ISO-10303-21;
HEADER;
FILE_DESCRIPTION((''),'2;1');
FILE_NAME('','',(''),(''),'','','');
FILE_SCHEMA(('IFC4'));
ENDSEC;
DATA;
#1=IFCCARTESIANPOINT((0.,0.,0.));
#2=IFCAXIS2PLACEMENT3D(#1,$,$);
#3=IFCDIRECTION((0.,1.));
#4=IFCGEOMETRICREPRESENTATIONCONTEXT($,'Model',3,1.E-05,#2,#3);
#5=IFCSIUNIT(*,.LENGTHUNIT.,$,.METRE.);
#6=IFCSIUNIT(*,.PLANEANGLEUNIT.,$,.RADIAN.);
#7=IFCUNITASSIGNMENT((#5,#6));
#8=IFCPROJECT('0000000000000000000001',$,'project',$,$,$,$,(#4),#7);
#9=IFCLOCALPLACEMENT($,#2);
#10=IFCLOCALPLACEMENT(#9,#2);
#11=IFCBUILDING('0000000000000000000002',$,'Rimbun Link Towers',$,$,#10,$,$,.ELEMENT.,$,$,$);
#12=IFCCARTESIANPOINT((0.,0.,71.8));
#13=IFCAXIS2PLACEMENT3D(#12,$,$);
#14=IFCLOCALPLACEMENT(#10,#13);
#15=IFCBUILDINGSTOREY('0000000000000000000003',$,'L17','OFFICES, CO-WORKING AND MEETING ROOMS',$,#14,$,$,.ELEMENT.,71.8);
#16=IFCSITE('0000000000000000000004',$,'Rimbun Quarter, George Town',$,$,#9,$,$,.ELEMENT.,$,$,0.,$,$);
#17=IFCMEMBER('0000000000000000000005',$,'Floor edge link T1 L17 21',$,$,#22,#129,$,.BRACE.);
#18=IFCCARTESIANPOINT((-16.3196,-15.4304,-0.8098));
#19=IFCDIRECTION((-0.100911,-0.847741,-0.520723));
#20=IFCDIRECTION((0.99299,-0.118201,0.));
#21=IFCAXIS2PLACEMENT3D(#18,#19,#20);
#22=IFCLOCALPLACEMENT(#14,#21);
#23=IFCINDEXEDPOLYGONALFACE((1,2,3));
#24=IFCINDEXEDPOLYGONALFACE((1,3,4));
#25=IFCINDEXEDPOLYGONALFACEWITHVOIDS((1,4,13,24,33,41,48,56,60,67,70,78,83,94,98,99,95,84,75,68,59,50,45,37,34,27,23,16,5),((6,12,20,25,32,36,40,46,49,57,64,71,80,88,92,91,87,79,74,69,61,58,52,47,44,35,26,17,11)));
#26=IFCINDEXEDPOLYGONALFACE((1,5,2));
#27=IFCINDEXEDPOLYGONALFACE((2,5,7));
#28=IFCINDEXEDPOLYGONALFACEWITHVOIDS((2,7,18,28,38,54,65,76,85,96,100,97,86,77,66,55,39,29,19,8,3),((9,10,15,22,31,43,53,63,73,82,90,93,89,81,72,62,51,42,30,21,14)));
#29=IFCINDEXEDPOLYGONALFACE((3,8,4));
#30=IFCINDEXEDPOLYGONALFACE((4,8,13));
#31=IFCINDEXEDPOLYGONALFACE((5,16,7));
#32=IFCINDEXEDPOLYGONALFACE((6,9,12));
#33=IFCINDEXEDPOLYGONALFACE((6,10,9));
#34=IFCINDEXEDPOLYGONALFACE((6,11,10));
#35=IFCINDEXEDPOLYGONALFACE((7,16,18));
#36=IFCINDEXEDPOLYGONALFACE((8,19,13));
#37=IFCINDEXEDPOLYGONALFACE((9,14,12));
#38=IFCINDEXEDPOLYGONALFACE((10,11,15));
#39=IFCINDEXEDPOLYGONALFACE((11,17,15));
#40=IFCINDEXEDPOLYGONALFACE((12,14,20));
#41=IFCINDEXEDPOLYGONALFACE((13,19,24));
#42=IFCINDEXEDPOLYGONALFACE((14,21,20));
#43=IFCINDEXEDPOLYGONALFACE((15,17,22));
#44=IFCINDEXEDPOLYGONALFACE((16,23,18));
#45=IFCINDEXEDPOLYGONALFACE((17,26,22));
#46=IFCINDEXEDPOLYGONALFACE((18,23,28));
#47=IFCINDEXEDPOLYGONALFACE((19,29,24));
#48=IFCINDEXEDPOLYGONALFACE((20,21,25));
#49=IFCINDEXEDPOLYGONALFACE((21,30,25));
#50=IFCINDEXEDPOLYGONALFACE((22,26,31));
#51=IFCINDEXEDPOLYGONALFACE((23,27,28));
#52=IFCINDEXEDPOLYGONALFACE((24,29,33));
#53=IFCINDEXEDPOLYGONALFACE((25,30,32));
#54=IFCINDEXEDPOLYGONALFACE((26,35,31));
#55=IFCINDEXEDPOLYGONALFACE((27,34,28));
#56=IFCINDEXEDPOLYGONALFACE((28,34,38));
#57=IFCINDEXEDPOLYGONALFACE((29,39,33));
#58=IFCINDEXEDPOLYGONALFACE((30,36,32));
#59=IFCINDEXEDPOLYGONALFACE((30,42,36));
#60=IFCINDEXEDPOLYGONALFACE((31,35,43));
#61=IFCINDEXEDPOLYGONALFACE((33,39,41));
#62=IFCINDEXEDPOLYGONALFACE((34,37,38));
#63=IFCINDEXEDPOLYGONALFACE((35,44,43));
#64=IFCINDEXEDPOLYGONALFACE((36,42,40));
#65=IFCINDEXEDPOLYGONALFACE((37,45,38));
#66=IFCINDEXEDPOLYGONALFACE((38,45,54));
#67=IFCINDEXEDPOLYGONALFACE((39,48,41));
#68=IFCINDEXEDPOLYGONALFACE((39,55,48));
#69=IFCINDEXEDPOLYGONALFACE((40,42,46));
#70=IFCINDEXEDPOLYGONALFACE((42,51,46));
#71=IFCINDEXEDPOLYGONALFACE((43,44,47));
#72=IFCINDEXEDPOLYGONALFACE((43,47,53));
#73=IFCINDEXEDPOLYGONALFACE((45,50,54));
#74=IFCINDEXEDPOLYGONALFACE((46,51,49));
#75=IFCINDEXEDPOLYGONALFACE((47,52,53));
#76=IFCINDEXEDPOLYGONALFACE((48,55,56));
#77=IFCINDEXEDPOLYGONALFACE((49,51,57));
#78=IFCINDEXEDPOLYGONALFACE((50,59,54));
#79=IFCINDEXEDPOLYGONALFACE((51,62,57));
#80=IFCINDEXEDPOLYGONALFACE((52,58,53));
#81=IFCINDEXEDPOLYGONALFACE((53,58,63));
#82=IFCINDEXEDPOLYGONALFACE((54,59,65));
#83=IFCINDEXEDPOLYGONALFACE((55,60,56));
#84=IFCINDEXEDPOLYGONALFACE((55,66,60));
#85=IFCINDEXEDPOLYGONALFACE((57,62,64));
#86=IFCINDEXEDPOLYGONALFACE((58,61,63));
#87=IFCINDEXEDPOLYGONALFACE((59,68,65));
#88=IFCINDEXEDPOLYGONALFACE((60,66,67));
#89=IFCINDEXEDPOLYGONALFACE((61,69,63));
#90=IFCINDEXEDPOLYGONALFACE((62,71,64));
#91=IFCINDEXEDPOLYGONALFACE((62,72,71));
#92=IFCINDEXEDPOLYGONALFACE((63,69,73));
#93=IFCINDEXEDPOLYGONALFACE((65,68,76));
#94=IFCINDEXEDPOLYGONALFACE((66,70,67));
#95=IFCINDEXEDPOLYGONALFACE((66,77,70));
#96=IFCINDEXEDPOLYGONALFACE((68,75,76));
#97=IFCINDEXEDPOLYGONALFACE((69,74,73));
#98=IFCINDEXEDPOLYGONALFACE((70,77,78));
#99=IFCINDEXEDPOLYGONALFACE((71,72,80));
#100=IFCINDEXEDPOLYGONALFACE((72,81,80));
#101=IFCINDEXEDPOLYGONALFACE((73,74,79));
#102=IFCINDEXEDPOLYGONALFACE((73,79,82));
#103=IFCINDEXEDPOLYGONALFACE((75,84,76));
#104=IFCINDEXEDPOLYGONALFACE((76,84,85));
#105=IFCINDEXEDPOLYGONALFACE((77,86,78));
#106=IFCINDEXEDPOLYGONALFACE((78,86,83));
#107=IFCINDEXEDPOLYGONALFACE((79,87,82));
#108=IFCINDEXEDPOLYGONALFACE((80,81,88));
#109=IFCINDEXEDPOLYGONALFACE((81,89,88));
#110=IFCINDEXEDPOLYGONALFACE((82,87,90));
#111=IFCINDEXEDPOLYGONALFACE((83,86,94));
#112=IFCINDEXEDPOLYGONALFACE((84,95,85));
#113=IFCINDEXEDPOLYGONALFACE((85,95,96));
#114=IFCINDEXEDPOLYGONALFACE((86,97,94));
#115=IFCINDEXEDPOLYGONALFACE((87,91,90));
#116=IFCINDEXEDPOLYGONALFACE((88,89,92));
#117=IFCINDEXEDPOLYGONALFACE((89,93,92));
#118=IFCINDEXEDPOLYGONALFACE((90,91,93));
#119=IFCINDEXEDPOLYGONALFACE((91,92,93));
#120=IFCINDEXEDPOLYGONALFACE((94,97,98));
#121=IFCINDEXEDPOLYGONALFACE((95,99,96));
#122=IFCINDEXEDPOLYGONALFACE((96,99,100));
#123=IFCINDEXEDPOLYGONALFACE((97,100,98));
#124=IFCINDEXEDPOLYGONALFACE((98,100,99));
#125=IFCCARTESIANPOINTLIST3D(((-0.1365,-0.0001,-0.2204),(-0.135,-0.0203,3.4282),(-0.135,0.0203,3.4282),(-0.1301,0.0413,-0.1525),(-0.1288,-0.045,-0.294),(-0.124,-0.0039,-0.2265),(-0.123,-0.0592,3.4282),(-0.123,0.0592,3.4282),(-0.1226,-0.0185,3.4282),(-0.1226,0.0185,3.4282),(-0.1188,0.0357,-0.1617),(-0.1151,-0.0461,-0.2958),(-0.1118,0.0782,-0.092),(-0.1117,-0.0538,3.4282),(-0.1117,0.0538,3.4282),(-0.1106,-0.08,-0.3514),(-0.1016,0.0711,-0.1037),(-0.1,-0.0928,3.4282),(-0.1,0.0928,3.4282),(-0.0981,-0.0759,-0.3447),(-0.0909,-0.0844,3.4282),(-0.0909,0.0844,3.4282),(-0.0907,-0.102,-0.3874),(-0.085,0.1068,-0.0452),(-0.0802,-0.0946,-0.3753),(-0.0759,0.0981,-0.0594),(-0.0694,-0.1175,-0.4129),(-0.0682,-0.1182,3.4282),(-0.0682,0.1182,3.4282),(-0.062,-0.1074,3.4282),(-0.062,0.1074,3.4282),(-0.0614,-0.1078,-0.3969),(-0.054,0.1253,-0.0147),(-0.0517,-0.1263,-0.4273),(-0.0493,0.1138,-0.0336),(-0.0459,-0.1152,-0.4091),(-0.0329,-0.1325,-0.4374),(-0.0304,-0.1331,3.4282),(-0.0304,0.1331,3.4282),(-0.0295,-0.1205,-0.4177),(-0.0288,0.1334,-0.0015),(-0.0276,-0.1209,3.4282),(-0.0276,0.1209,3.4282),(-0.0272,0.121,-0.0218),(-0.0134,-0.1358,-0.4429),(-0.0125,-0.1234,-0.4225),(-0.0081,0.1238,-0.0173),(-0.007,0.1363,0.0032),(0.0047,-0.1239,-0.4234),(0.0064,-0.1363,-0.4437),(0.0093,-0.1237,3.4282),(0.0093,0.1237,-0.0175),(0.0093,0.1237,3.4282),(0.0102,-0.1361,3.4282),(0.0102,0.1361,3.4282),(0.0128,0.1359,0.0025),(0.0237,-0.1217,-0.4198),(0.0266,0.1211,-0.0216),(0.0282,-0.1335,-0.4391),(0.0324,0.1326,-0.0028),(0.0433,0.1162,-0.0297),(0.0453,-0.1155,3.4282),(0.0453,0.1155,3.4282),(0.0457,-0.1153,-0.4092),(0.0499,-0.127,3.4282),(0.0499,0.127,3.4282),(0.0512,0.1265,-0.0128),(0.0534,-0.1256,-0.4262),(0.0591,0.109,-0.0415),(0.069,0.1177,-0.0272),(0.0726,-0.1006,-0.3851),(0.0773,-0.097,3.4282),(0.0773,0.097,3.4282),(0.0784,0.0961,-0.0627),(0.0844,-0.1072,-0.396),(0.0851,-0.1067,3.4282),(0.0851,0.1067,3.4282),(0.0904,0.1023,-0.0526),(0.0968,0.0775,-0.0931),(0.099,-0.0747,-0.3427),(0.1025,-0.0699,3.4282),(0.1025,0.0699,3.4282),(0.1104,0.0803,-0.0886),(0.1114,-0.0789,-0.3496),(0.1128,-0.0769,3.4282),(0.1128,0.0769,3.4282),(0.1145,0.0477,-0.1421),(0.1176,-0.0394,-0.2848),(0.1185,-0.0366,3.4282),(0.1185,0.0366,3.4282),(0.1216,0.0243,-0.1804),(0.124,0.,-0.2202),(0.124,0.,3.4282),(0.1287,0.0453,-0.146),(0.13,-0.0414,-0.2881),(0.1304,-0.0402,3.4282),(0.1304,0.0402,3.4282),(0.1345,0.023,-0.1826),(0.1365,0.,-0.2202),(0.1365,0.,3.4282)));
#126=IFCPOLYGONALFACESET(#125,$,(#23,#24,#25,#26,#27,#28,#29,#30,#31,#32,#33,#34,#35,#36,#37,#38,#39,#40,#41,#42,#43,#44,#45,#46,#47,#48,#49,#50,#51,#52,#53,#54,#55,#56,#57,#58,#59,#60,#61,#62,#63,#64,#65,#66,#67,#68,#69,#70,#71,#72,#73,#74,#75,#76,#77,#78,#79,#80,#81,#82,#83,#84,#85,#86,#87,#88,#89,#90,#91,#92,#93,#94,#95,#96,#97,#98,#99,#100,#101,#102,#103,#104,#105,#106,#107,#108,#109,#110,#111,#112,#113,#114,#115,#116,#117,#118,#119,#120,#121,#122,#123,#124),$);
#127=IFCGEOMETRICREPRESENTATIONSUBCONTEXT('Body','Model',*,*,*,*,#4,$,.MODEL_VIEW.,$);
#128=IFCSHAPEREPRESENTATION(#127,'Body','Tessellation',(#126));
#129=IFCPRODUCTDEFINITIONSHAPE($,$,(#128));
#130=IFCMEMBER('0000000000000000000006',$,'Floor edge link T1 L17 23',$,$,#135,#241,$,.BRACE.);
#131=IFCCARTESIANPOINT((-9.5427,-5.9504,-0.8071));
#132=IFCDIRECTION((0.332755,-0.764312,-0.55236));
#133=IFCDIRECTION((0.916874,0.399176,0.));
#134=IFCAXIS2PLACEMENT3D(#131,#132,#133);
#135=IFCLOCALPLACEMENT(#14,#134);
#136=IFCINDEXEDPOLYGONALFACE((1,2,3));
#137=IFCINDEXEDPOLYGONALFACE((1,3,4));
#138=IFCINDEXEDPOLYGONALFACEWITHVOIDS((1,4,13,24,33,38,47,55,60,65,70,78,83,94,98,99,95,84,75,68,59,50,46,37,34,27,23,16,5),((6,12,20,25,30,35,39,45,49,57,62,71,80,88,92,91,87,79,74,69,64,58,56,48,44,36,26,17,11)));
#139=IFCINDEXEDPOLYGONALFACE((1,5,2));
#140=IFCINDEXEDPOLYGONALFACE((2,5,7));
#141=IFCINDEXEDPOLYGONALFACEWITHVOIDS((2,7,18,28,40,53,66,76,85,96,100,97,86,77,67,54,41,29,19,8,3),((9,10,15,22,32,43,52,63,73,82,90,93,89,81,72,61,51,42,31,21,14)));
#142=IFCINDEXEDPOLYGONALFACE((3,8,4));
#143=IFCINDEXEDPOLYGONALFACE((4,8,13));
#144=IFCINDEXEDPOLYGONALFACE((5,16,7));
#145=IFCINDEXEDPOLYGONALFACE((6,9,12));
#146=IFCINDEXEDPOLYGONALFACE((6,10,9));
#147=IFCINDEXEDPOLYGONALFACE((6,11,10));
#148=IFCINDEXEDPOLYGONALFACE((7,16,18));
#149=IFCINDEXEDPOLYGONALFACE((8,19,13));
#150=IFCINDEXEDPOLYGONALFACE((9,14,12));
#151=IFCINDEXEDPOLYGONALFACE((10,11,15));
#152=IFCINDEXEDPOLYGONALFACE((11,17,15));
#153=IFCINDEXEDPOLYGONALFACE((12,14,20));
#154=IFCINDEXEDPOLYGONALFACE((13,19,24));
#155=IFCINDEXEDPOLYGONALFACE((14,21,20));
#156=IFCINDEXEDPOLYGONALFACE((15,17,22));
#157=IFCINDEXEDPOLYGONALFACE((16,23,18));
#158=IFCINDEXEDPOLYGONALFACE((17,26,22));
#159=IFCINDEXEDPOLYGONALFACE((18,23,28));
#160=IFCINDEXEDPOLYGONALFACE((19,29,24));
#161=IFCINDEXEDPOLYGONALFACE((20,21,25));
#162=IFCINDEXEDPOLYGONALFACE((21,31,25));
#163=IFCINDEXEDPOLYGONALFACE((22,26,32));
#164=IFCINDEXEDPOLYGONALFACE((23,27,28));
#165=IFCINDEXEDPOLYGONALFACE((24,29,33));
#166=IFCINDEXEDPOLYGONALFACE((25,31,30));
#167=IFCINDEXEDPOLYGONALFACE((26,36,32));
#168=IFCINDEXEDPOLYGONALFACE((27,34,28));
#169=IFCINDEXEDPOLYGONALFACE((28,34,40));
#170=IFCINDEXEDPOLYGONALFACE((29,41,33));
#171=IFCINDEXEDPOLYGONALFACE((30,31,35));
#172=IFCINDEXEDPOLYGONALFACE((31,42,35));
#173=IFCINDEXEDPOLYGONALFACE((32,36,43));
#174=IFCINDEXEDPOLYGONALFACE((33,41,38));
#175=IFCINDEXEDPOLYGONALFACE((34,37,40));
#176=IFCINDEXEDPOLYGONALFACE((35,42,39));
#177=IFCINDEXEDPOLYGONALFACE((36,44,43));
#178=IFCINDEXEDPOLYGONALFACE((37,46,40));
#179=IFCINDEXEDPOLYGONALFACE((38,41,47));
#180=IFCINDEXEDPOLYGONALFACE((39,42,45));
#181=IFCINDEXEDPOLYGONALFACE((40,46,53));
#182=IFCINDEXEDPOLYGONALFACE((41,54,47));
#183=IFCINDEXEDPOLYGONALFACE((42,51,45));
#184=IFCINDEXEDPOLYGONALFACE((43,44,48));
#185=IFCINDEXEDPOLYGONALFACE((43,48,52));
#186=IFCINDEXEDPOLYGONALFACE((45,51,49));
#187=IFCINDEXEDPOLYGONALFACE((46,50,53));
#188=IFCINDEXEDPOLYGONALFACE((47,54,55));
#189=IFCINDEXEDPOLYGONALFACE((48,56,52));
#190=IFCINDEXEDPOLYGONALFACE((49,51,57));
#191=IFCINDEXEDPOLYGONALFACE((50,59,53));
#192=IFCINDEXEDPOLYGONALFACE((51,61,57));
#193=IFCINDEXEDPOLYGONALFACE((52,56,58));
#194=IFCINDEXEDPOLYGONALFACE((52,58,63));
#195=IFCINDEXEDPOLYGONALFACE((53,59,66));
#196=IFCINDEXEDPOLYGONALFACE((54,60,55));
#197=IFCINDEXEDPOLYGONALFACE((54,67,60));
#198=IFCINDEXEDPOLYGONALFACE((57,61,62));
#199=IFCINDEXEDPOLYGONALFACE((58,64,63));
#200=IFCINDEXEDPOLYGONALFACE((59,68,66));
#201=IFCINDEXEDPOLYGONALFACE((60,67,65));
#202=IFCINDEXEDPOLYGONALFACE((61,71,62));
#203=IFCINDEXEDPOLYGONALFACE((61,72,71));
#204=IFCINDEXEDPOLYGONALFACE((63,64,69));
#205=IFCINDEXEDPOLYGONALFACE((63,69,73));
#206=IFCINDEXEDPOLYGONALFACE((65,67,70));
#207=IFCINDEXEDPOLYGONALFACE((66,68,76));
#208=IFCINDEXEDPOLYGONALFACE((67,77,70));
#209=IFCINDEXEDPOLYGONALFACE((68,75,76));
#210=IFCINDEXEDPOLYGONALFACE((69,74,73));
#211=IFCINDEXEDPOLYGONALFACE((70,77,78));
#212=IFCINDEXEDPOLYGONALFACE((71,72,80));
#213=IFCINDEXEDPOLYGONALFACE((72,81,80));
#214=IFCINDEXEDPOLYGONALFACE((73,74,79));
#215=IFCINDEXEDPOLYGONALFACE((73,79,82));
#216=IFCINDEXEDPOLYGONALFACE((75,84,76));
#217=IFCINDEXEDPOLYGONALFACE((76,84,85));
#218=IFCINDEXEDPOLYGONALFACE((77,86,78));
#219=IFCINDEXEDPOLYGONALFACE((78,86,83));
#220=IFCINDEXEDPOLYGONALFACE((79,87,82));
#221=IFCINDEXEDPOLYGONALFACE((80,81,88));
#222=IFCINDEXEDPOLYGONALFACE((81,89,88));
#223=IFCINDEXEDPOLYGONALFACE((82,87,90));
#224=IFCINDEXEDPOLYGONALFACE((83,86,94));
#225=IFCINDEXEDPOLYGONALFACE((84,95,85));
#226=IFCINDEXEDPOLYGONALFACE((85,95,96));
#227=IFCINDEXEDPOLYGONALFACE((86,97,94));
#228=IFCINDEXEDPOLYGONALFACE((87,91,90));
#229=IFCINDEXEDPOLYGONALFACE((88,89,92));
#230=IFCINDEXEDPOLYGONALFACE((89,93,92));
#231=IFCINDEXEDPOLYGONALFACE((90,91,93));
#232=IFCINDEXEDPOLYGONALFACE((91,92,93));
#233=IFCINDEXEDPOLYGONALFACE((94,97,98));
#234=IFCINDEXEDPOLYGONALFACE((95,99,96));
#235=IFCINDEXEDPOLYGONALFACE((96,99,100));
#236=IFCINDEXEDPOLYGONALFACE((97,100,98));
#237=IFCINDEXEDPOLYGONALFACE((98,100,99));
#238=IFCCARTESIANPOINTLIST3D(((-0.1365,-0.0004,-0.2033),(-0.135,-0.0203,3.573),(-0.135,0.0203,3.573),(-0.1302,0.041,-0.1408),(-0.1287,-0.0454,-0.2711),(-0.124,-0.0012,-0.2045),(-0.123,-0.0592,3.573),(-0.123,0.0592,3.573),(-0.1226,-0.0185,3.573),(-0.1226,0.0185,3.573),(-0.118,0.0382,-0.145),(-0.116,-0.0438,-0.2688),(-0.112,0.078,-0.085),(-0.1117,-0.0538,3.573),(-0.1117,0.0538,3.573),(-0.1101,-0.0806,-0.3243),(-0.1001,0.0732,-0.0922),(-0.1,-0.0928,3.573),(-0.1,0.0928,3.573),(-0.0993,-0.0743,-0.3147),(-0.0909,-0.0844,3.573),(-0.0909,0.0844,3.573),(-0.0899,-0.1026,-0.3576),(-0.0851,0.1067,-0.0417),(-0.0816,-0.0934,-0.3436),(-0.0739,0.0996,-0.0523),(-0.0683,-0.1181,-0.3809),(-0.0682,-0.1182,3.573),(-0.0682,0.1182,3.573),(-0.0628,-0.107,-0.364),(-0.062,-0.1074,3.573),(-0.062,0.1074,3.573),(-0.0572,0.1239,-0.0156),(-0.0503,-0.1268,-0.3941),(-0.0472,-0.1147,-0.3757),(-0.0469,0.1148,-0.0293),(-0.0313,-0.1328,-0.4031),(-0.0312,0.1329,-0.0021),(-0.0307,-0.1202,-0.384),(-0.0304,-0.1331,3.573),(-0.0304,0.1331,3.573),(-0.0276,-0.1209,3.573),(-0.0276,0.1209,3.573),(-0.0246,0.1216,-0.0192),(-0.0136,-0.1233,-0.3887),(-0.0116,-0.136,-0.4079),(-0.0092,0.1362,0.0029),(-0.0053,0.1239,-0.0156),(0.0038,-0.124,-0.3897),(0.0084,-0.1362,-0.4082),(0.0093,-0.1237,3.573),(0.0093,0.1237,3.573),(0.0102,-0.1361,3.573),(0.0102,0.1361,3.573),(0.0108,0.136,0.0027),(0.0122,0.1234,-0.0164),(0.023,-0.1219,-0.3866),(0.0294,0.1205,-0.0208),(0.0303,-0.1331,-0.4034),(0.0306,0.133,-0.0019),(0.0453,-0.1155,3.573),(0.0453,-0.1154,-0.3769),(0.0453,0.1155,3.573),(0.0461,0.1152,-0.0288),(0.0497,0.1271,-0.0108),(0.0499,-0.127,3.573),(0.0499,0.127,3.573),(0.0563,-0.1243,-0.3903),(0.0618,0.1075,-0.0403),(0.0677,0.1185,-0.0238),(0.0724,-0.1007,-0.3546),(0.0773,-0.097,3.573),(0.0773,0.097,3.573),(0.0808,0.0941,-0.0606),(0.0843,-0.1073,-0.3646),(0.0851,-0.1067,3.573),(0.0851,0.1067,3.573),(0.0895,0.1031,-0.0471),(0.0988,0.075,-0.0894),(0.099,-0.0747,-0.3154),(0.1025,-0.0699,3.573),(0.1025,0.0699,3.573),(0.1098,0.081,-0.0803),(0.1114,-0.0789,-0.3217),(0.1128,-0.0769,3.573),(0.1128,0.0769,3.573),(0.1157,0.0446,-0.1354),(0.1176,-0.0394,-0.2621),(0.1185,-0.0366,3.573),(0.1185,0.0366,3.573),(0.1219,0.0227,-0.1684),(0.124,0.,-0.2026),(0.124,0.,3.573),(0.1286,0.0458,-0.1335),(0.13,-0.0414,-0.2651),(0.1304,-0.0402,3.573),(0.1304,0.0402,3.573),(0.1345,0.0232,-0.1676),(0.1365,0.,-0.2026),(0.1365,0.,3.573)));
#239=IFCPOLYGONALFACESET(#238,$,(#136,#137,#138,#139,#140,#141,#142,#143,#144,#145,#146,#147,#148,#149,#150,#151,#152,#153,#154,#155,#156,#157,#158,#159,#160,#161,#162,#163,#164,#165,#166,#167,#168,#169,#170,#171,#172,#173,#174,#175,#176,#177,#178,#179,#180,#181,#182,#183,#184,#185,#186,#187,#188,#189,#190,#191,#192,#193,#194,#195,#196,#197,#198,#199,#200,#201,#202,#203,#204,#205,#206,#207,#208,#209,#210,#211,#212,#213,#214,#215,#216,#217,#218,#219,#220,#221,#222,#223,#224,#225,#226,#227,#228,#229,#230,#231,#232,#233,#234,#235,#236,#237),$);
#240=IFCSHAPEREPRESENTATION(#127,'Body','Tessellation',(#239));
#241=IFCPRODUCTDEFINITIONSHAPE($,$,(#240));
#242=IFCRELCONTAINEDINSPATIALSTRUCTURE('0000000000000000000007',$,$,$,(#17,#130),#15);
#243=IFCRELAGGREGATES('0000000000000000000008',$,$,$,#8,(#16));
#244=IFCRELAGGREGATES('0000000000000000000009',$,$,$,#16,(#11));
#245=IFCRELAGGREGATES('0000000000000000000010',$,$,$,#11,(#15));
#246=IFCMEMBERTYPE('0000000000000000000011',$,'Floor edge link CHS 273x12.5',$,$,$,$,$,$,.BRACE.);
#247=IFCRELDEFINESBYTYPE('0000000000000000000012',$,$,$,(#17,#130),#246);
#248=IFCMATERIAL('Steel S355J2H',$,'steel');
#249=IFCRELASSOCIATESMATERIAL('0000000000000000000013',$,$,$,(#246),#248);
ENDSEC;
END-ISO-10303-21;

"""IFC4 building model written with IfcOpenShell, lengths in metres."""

from ifc_helpers import new_model, si_unit, direction, frame, origin, origin_2d, place, context, subcontext, project, spatial, hollow_circle, extrude, clip, halfspace, material, material_profile, profile_set, type_object, element, save


model = new_model("IFC4")

# Units and contexts
model_context = context("Model", 3, precision=1e-05, world=origin(), true_north=direction((0.0, 1.0)))
body_context = subcontext(model_context, "Body", "Model", "MODEL_VIEW")
ifc_project = project(units=[si_unit("LENGTHUNIT", "METRE"), si_unit("PLANEANGLEUNIT", "RADIAN")], contexts=[model_context])

# Site, building, storey
site_placement = place(None, origin())
site = spatial("IfcSite", under=ifc_project, at=site_placement, Name="Rimbun Quarter, George Town", CompositionType="ELEMENT", RefElevation=0.0)
building_placement = place(site_placement, origin())
building = spatial("IfcBuilding", under=site, at=building_placement, Name="Rimbun Link Towers", CompositionType="ELEMENT")
storey_placement = place(building_placement, frame((0.0, 0.0, 71.8)))
storey = spatial("IfcBuildingStorey", under=building, at=storey_placement, Name="L17", Description="OFFICES, CO-WORKING AND MEETING ROOMS", CompositionType="ELEMENT", Elevation=71.8)

# Members
ifc_material_1 = material(Name="Steel S355J2H", Category="steel")
ifc_material_profile_1 = material_profile(ifc_material_1, hollow_circle(Radius=0.1365, WallThickness=0.0125, at=origin_2d()), Name="CHS 273x12.5")
ifc_profile_set_1 = profile_set([ifc_material_profile_1], Name="Steel S355J2H")
member_type_1 = type_object("IfcMemberType", Name="Floor edge link CHS 273x12.5", PredefinedType="BRACE", material=ifc_profile_set_1)
member_1_placement = place(storey_placement, frame((-16.3196, -15.4304, -0.8098), z_axis=(-0.100911, -0.847741, -0.520723), x_axis=(0.99299, -0.118201, 0.0)))
element("IfcMember", 1, at=member_1_placement, inside=storey, type_object=member_type_1, Name="Floor edge link T1 L17 21", PredefinedType="BRACE", context=body_context, shape_type="Clipping", body=[
    clip(extrude(hollow_circle(Radius=0.1365, WallThickness=0.0125, at=origin_2d()), frame((0.0, 0.0, -0.4668)), (0.0, 0.0, 1.0), 3.895), halfspace(frame((0.0, 0.0, -0.2202), z_axis=(0.0, 0.853726, -0.520723)), False)),
])
member_2_placement = place(storey_placement, frame((-9.5427, -5.9504, -0.8071), z_axis=(0.332755, -0.764312, -0.55236), x_axis=(0.916874, 0.399176, 0.0)))
element("IfcMember", 2, at=member_2_placement, inside=storey, type_object=member_type_1, Name="Floor edge link T1 L17 23", PredefinedType="BRACE", context=body_context, shape_type="Clipping", body=[
    clip(extrude(hollow_circle(Radius=0.1365, WallThickness=0.0125, at=origin_2d()), frame((0.0, 0.0, -0.4302)), (0.0, 0.0, 1.0), 4.0032), halfspace(frame((0.0, 0.0, -0.2026), z_axis=(0.0, 0.833606, -0.55236)), False)),
])

save(model, "model.ifc")
